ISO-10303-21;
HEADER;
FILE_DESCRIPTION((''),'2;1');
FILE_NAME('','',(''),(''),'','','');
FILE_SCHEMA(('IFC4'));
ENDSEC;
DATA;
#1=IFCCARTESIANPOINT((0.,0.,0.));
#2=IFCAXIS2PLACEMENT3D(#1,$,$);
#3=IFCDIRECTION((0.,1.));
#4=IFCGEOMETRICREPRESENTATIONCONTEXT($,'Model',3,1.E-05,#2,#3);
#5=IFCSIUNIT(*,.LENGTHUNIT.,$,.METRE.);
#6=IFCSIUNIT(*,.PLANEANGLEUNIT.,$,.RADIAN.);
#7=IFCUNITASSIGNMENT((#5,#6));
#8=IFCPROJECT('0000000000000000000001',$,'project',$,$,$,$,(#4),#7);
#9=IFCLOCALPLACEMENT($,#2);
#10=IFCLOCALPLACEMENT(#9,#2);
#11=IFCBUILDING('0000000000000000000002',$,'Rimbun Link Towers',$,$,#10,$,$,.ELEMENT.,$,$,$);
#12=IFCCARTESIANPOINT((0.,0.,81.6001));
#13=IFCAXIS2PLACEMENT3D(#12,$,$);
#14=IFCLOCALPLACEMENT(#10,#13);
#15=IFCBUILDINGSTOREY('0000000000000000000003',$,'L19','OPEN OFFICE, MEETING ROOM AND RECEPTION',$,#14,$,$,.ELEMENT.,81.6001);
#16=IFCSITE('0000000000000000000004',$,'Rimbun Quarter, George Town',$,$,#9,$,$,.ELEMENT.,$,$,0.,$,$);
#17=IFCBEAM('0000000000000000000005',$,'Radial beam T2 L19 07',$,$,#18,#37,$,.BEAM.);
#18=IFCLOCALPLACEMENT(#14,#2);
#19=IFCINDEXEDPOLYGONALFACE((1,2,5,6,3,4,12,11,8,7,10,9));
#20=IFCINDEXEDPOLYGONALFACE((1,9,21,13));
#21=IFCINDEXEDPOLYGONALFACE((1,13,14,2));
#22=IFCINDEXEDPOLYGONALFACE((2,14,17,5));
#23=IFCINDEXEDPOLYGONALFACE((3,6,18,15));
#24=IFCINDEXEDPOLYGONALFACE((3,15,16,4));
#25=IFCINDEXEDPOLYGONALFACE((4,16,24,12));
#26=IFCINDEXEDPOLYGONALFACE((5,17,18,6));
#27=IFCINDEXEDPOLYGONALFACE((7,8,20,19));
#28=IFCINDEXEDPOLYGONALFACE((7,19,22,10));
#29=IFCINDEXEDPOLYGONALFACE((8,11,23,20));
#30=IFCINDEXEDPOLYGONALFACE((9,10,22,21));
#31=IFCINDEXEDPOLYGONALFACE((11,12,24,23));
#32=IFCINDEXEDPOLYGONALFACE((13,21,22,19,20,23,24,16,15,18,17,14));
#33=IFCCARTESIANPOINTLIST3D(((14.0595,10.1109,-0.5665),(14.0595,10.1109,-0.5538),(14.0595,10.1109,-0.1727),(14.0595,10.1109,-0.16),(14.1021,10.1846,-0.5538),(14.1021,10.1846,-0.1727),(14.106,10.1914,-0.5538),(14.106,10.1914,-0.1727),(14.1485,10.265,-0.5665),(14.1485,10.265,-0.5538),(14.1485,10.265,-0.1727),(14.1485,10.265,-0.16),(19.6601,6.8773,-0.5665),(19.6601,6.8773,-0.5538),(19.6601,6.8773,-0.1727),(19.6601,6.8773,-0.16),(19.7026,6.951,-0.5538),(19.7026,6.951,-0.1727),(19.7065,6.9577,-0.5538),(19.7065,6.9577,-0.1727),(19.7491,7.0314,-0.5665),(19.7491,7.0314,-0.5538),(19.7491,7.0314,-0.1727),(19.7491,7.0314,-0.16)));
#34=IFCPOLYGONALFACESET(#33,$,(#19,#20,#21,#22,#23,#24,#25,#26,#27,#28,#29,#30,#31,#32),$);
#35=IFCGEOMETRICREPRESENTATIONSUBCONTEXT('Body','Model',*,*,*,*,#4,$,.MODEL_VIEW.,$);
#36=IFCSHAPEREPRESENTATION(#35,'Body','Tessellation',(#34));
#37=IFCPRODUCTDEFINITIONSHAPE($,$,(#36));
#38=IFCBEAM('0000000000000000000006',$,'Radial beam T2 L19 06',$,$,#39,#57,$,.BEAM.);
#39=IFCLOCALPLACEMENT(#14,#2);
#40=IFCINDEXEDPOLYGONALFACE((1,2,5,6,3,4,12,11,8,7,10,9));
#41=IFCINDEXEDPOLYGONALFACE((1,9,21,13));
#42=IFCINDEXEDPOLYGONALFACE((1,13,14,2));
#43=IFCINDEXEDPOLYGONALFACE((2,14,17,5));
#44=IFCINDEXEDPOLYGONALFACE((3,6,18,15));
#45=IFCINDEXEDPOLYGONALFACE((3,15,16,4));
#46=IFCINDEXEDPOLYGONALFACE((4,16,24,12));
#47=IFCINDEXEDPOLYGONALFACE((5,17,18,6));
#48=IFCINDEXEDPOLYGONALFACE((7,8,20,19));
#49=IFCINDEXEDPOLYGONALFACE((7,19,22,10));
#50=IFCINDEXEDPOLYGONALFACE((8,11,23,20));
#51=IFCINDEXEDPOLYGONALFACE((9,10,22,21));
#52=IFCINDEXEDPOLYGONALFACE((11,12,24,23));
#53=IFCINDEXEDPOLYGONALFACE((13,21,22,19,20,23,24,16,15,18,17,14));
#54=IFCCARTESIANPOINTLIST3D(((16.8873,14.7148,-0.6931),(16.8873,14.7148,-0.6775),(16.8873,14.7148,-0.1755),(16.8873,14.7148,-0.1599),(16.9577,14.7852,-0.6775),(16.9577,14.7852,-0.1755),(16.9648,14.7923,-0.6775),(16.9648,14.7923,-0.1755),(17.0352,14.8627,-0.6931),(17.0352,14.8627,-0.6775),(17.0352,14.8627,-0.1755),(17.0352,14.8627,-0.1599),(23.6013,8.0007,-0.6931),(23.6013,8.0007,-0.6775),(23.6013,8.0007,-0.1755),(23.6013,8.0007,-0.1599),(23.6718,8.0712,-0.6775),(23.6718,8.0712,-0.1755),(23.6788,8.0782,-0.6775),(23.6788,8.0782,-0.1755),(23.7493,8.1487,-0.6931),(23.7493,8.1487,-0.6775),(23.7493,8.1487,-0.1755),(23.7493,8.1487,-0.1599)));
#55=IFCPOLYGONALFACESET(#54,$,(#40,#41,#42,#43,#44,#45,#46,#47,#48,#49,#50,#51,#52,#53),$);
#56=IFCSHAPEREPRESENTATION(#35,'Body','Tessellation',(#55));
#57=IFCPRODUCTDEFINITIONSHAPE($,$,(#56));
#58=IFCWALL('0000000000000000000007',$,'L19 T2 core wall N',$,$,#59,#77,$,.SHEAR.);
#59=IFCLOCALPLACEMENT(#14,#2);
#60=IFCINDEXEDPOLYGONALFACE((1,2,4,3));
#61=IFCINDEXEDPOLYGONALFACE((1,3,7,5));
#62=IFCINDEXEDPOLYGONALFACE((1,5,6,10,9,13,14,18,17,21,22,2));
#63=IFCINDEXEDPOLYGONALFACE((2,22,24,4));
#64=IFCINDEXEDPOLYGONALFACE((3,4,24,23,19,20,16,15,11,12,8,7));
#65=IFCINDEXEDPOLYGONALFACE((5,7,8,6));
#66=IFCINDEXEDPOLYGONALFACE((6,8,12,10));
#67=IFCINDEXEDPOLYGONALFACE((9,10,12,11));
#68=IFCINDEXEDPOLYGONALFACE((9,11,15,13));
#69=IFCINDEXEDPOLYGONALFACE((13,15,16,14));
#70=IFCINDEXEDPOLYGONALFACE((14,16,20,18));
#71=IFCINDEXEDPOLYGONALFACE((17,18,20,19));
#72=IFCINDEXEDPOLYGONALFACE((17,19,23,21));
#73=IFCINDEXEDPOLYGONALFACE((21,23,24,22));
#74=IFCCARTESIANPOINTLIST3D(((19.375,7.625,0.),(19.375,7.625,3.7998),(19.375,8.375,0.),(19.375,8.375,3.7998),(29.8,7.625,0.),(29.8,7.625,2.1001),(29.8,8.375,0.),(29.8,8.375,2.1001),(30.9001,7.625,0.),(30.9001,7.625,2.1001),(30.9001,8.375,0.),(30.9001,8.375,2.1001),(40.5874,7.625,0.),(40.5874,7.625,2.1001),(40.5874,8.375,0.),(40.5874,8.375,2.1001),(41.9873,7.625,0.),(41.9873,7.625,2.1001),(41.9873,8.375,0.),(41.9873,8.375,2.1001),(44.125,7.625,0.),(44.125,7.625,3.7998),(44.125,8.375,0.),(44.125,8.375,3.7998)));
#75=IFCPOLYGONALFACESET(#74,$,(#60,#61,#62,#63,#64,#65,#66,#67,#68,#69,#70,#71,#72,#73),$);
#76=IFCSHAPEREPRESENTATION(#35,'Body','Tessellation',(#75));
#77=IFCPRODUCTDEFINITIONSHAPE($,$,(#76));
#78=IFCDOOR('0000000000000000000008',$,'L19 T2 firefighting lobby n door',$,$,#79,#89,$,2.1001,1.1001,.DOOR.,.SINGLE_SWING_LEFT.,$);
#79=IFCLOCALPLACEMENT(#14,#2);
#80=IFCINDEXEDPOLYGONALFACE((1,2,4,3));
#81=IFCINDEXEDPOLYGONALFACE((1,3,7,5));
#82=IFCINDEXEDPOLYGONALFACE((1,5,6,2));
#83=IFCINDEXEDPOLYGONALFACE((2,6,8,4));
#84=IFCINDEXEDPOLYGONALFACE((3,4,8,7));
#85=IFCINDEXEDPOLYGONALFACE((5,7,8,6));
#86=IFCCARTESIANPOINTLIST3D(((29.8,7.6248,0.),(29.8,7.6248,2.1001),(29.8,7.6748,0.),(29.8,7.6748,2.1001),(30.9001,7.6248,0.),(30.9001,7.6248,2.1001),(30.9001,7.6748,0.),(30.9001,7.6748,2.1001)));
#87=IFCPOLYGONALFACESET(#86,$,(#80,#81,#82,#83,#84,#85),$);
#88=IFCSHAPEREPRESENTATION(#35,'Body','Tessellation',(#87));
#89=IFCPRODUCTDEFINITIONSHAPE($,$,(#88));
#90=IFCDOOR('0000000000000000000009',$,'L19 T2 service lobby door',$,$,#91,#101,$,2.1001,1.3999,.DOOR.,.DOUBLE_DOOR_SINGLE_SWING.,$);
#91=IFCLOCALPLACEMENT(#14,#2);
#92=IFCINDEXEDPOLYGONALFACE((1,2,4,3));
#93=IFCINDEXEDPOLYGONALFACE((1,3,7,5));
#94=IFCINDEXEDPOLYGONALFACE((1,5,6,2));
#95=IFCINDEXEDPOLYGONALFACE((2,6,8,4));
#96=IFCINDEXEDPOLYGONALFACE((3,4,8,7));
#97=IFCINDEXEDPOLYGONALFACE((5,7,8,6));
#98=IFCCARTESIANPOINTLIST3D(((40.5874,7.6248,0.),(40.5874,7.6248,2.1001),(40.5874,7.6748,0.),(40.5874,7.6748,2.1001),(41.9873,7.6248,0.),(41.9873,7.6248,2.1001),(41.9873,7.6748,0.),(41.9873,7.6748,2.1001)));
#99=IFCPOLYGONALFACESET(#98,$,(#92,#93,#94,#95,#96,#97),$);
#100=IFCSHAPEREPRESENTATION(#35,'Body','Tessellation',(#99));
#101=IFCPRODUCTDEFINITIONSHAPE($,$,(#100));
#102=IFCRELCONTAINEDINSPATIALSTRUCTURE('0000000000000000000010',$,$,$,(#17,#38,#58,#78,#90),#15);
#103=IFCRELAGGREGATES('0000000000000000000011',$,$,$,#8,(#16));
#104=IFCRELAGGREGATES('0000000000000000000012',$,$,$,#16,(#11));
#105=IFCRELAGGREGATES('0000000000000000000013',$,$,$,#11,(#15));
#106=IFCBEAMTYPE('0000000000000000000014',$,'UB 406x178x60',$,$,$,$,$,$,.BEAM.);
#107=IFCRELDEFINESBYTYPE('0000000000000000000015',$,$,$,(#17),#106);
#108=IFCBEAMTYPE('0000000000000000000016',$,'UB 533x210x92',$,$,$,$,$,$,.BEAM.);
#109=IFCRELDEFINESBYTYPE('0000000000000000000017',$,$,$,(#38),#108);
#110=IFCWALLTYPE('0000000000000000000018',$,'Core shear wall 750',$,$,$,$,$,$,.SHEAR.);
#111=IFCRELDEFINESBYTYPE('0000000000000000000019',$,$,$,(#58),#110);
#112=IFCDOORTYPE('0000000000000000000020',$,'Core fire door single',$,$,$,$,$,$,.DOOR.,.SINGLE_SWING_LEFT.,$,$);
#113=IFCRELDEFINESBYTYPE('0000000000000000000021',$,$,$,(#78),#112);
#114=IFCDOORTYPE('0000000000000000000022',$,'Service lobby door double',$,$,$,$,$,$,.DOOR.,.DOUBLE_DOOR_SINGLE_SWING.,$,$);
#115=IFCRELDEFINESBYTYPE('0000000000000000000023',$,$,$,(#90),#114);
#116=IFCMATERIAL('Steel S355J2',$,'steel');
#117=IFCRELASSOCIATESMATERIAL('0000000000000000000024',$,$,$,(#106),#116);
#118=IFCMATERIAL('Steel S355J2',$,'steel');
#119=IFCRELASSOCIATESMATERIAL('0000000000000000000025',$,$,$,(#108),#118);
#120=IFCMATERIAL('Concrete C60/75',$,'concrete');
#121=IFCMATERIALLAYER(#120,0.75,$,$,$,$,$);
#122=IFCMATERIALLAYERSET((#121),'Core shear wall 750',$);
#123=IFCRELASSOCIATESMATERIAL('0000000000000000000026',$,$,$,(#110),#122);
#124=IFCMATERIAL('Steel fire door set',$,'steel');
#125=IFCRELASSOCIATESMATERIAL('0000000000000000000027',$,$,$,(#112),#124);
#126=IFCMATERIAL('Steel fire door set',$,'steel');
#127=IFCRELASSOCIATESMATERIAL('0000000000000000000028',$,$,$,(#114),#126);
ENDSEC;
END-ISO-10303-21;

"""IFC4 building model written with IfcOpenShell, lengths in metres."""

from ifc_helpers import new_model, si_unit, direction, frame, frame_2d, origin, origin_2d, place, context, subcontext, project, spatial, rectangle, i_section, extrude, material, layer, layer_set, material_profile, profile_set, type_object, element, fill, save


model = new_model("IFC4")

# Units and contexts
model_context = context("Model", 3, precision=1e-05, world=origin(), true_north=direction((0.0, 1.0)))
body_context = subcontext(model_context, "Body", "Model", "MODEL_VIEW")
ifc_project = project(units=[si_unit("LENGTHUNIT", "METRE"), si_unit("PLANEANGLEUNIT", "RADIAN")], contexts=[model_context])

# Site, building, storey
site_placement = place(None, origin())
site = spatial("IfcSite", under=ifc_project, at=site_placement, Name="Rimbun Quarter, George Town", CompositionType="ELEMENT", RefElevation=0.0)
building_placement = place(site_placement, origin())
building = spatial("IfcBuilding", under=site, at=building_placement, Name="Rimbun Link Towers", CompositionType="ELEMENT")
storey_placement = place(building_placement, frame((0.0, 0.0, 81.6001)))
storey = spatial("IfcBuildingStorey", under=building, at=storey_placement, Name="L19", Description="OPEN OFFICE, MEETING ROOM AND RECEPTION", CompositionType="ELEMENT", Elevation=81.6001)

# Beams
ifc_material_1 = material(Name="Steel S355J2", Category="steel")
ifc_material_profile_1 = material_profile(ifc_material_1, i_section(OverallWidth=0.178, OverallDepth=0.4065, WebThickness=0.0078, FlangeThickness=0.0127, at=origin_2d()), Name="UB 406x178x60")
ifc_profile_set_1 = profile_set([ifc_material_profile_1], Name="Steel S355J2")
beam_type_1 = type_object("IfcBeamType", Name="UB 406x178x60", PredefinedType="BEAM", material=ifc_profile_set_1)
beam_1_placement = place(storey_placement, frame((19.7046, 6.9543, -0.3633), z_axis=(-0.866016, 0.500017, 0.0), x_axis=(-0.500017, -0.866016, 0.0)))
element("IfcBeam", 1, at=beam_1_placement, inside=storey, type_object=beam_type_1, Name="Radial beam T2 L19 07", PredefinedType="BEAM", context=body_context, shape_type="SweptSolid", body=[
    extrude(i_section(OverallWidth=0.178, OverallDepth=0.4065, WebThickness=0.0078, FlangeThickness=0.0127, at=origin_2d()), origin(), (0.0, 0.0, 1.0), 6.467),
])
ifc_material_2 = material(Name="Steel S355J2", Category="steel")
ifc_material_profile_2 = material_profile(ifc_material_2, i_section(OverallWidth=0.2092, OverallDepth=0.5332, WebThickness=0.01, FlangeThickness=0.0156, at=origin_2d()), Name="UB 533x210x92")
ifc_profile_set_2 = profile_set([ifc_material_profile_2], Name="Steel S355J2")
beam_type_2 = type_object("IfcBeamType", Name="UB 533x210x92", PredefinedType="BEAM", material=ifc_profile_set_2)
beam_2_placement = place(storey_placement, frame((23.6753, 8.0747, -0.4265), z_axis=(-0.707107, 0.707107, 0.0), x_axis=(-0.707107, -0.707107, 0.0)))
element("IfcBeam", 2, at=beam_2_placement, inside=storey, type_object=beam_type_2, Name="Radial beam T2 L19 06", PredefinedType="BEAM", context=body_context, shape_type="SweptSolid", body=[
    extrude(i_section(OverallWidth=0.2092, OverallDepth=0.5332, WebThickness=0.01, FlangeThickness=0.0156, at=origin_2d()), origin(), (0.0, 0.0, 1.0), 9.4951),
])

# Wall, openings, doors
ifc_material_3 = material(Name="Concrete C60/75", Category="concrete")
ifc_layer_1 = layer(ifc_material_3, 0.75)
ifc_layer_set_1 = layer_set([ifc_layer_1], Name="Core shear wall 750")
wall_type_1 = type_object("IfcWallType", Name="Core shear wall 750", PredefinedType="SHEAR", material=ifc_layer_set_1)
wall_1_placement = place(storey_placement, frame((19.375, 8.0, 0.0), z_axis=(0.0, 0.0, 1.0), x_axis=(1.0, 0.0, 0.0)))
wall_1 = element("IfcWall", 3, at=wall_1_placement, inside=storey, type_object=wall_type_1, Name="L19 T2 core wall N", PredefinedType="SHEAR", context=body_context, shape_type="SweptSolid", body=[
    extrude(rectangle(XDim=24.75, YDim=0.75, at=frame_2d((12.375, 0.0))), origin(), (0.0, 0.0, 1.0), 3.7998),
])
opening_1_placement = place(wall_1_placement, frame((10.425, 0.0, 0.0)))
opening_1 = element("IfcOpeningElement", 4, at=opening_1_placement, cuts=wall_1, PredefinedType="OPENING", context=body_context, shape_type="SweptSolid", body=[
    extrude(rectangle(XDim=1.1001, YDim=2.1001, at=frame_2d((0.55, 1.05))), frame((0.0, 0.385, 0.0), z_axis=(0.0, -1.0, 0.0), x_axis=(1.0, 0.0, 0.0)), (0.0, 0.0, 1.0), 0.77),
])
opening_2_placement = place(wall_1_placement, frame((21.2124, 0.0, 0.0)))
opening_2 = element("IfcOpeningElement", 5, at=opening_2_placement, cuts=wall_1, PredefinedType="OPENING", context=body_context, shape_type="SweptSolid", body=[
    extrude(rectangle(XDim=1.3999, YDim=2.1001, at=frame_2d((0.7, 1.05))), frame((0.0, 0.385, 0.0), z_axis=(0.0, -1.0, 0.0), x_axis=(1.0, 0.0, 0.0)), (0.0, 0.0, 1.0), 0.77),
])
ifc_material_4 = material(Name="Steel fire door set", Category="steel")
door_type_1 = type_object("IfcDoorType", Name="Core fire door single", OperationType="SINGLE_SWING_LEFT", PredefinedType="DOOR", material=ifc_material_4)
door_1_placement = place(opening_1_placement, origin())
door_1 = element("IfcDoor", 6, at=door_1_placement, inside=storey, type_object=door_type_1, Name="L19 T2 firefighting lobby n door", OperationType="SINGLE_SWING_LEFT", OverallHeight=2.1001, OverallWidth=1.1001, PredefinedType="DOOR", context=body_context, shape_type="SweptSolid", body=[
    extrude(rectangle(XDim=1.1001, YDim=2.1001, at=frame_2d((0.55, 1.05))), frame((0.0, -0.3252, 0.0), z_axis=(0.0, -1.0, 0.0), x_axis=(1.0, 0.0, 0.0)), (0.0, 0.0, 1.0), 0.05),
])
fill(opening_1, door_1)
ifc_material_5 = material(Name="Steel fire door set", Category="steel")
door_type_2 = type_object("IfcDoorType", Name="Service lobby door double", OperationType="DOUBLE_DOOR_SINGLE_SWING", PredefinedType="DOOR", material=ifc_material_5)
door_2_placement = place(opening_2_placement, origin())
door_2 = element("IfcDoor", 7, at=door_2_placement, inside=storey, type_object=door_type_2, Name="L19 T2 service lobby door", OperationType="DOUBLE_DOOR_SINGLE_SWING", OverallHeight=2.1001, OverallWidth=1.3999, PredefinedType="DOOR", context=body_context, shape_type="SweptSolid", body=[
    extrude(rectangle(XDim=1.3999, YDim=2.1001, at=frame_2d((0.7, 1.05))), frame((0.0, -0.3252, 0.0), z_axis=(0.0, -1.0, 0.0), x_axis=(1.0, 0.0, 0.0)), (0.0, 0.0, 1.0), 0.05),
])
fill(opening_2, door_2)

save(model, "model.ifc")
